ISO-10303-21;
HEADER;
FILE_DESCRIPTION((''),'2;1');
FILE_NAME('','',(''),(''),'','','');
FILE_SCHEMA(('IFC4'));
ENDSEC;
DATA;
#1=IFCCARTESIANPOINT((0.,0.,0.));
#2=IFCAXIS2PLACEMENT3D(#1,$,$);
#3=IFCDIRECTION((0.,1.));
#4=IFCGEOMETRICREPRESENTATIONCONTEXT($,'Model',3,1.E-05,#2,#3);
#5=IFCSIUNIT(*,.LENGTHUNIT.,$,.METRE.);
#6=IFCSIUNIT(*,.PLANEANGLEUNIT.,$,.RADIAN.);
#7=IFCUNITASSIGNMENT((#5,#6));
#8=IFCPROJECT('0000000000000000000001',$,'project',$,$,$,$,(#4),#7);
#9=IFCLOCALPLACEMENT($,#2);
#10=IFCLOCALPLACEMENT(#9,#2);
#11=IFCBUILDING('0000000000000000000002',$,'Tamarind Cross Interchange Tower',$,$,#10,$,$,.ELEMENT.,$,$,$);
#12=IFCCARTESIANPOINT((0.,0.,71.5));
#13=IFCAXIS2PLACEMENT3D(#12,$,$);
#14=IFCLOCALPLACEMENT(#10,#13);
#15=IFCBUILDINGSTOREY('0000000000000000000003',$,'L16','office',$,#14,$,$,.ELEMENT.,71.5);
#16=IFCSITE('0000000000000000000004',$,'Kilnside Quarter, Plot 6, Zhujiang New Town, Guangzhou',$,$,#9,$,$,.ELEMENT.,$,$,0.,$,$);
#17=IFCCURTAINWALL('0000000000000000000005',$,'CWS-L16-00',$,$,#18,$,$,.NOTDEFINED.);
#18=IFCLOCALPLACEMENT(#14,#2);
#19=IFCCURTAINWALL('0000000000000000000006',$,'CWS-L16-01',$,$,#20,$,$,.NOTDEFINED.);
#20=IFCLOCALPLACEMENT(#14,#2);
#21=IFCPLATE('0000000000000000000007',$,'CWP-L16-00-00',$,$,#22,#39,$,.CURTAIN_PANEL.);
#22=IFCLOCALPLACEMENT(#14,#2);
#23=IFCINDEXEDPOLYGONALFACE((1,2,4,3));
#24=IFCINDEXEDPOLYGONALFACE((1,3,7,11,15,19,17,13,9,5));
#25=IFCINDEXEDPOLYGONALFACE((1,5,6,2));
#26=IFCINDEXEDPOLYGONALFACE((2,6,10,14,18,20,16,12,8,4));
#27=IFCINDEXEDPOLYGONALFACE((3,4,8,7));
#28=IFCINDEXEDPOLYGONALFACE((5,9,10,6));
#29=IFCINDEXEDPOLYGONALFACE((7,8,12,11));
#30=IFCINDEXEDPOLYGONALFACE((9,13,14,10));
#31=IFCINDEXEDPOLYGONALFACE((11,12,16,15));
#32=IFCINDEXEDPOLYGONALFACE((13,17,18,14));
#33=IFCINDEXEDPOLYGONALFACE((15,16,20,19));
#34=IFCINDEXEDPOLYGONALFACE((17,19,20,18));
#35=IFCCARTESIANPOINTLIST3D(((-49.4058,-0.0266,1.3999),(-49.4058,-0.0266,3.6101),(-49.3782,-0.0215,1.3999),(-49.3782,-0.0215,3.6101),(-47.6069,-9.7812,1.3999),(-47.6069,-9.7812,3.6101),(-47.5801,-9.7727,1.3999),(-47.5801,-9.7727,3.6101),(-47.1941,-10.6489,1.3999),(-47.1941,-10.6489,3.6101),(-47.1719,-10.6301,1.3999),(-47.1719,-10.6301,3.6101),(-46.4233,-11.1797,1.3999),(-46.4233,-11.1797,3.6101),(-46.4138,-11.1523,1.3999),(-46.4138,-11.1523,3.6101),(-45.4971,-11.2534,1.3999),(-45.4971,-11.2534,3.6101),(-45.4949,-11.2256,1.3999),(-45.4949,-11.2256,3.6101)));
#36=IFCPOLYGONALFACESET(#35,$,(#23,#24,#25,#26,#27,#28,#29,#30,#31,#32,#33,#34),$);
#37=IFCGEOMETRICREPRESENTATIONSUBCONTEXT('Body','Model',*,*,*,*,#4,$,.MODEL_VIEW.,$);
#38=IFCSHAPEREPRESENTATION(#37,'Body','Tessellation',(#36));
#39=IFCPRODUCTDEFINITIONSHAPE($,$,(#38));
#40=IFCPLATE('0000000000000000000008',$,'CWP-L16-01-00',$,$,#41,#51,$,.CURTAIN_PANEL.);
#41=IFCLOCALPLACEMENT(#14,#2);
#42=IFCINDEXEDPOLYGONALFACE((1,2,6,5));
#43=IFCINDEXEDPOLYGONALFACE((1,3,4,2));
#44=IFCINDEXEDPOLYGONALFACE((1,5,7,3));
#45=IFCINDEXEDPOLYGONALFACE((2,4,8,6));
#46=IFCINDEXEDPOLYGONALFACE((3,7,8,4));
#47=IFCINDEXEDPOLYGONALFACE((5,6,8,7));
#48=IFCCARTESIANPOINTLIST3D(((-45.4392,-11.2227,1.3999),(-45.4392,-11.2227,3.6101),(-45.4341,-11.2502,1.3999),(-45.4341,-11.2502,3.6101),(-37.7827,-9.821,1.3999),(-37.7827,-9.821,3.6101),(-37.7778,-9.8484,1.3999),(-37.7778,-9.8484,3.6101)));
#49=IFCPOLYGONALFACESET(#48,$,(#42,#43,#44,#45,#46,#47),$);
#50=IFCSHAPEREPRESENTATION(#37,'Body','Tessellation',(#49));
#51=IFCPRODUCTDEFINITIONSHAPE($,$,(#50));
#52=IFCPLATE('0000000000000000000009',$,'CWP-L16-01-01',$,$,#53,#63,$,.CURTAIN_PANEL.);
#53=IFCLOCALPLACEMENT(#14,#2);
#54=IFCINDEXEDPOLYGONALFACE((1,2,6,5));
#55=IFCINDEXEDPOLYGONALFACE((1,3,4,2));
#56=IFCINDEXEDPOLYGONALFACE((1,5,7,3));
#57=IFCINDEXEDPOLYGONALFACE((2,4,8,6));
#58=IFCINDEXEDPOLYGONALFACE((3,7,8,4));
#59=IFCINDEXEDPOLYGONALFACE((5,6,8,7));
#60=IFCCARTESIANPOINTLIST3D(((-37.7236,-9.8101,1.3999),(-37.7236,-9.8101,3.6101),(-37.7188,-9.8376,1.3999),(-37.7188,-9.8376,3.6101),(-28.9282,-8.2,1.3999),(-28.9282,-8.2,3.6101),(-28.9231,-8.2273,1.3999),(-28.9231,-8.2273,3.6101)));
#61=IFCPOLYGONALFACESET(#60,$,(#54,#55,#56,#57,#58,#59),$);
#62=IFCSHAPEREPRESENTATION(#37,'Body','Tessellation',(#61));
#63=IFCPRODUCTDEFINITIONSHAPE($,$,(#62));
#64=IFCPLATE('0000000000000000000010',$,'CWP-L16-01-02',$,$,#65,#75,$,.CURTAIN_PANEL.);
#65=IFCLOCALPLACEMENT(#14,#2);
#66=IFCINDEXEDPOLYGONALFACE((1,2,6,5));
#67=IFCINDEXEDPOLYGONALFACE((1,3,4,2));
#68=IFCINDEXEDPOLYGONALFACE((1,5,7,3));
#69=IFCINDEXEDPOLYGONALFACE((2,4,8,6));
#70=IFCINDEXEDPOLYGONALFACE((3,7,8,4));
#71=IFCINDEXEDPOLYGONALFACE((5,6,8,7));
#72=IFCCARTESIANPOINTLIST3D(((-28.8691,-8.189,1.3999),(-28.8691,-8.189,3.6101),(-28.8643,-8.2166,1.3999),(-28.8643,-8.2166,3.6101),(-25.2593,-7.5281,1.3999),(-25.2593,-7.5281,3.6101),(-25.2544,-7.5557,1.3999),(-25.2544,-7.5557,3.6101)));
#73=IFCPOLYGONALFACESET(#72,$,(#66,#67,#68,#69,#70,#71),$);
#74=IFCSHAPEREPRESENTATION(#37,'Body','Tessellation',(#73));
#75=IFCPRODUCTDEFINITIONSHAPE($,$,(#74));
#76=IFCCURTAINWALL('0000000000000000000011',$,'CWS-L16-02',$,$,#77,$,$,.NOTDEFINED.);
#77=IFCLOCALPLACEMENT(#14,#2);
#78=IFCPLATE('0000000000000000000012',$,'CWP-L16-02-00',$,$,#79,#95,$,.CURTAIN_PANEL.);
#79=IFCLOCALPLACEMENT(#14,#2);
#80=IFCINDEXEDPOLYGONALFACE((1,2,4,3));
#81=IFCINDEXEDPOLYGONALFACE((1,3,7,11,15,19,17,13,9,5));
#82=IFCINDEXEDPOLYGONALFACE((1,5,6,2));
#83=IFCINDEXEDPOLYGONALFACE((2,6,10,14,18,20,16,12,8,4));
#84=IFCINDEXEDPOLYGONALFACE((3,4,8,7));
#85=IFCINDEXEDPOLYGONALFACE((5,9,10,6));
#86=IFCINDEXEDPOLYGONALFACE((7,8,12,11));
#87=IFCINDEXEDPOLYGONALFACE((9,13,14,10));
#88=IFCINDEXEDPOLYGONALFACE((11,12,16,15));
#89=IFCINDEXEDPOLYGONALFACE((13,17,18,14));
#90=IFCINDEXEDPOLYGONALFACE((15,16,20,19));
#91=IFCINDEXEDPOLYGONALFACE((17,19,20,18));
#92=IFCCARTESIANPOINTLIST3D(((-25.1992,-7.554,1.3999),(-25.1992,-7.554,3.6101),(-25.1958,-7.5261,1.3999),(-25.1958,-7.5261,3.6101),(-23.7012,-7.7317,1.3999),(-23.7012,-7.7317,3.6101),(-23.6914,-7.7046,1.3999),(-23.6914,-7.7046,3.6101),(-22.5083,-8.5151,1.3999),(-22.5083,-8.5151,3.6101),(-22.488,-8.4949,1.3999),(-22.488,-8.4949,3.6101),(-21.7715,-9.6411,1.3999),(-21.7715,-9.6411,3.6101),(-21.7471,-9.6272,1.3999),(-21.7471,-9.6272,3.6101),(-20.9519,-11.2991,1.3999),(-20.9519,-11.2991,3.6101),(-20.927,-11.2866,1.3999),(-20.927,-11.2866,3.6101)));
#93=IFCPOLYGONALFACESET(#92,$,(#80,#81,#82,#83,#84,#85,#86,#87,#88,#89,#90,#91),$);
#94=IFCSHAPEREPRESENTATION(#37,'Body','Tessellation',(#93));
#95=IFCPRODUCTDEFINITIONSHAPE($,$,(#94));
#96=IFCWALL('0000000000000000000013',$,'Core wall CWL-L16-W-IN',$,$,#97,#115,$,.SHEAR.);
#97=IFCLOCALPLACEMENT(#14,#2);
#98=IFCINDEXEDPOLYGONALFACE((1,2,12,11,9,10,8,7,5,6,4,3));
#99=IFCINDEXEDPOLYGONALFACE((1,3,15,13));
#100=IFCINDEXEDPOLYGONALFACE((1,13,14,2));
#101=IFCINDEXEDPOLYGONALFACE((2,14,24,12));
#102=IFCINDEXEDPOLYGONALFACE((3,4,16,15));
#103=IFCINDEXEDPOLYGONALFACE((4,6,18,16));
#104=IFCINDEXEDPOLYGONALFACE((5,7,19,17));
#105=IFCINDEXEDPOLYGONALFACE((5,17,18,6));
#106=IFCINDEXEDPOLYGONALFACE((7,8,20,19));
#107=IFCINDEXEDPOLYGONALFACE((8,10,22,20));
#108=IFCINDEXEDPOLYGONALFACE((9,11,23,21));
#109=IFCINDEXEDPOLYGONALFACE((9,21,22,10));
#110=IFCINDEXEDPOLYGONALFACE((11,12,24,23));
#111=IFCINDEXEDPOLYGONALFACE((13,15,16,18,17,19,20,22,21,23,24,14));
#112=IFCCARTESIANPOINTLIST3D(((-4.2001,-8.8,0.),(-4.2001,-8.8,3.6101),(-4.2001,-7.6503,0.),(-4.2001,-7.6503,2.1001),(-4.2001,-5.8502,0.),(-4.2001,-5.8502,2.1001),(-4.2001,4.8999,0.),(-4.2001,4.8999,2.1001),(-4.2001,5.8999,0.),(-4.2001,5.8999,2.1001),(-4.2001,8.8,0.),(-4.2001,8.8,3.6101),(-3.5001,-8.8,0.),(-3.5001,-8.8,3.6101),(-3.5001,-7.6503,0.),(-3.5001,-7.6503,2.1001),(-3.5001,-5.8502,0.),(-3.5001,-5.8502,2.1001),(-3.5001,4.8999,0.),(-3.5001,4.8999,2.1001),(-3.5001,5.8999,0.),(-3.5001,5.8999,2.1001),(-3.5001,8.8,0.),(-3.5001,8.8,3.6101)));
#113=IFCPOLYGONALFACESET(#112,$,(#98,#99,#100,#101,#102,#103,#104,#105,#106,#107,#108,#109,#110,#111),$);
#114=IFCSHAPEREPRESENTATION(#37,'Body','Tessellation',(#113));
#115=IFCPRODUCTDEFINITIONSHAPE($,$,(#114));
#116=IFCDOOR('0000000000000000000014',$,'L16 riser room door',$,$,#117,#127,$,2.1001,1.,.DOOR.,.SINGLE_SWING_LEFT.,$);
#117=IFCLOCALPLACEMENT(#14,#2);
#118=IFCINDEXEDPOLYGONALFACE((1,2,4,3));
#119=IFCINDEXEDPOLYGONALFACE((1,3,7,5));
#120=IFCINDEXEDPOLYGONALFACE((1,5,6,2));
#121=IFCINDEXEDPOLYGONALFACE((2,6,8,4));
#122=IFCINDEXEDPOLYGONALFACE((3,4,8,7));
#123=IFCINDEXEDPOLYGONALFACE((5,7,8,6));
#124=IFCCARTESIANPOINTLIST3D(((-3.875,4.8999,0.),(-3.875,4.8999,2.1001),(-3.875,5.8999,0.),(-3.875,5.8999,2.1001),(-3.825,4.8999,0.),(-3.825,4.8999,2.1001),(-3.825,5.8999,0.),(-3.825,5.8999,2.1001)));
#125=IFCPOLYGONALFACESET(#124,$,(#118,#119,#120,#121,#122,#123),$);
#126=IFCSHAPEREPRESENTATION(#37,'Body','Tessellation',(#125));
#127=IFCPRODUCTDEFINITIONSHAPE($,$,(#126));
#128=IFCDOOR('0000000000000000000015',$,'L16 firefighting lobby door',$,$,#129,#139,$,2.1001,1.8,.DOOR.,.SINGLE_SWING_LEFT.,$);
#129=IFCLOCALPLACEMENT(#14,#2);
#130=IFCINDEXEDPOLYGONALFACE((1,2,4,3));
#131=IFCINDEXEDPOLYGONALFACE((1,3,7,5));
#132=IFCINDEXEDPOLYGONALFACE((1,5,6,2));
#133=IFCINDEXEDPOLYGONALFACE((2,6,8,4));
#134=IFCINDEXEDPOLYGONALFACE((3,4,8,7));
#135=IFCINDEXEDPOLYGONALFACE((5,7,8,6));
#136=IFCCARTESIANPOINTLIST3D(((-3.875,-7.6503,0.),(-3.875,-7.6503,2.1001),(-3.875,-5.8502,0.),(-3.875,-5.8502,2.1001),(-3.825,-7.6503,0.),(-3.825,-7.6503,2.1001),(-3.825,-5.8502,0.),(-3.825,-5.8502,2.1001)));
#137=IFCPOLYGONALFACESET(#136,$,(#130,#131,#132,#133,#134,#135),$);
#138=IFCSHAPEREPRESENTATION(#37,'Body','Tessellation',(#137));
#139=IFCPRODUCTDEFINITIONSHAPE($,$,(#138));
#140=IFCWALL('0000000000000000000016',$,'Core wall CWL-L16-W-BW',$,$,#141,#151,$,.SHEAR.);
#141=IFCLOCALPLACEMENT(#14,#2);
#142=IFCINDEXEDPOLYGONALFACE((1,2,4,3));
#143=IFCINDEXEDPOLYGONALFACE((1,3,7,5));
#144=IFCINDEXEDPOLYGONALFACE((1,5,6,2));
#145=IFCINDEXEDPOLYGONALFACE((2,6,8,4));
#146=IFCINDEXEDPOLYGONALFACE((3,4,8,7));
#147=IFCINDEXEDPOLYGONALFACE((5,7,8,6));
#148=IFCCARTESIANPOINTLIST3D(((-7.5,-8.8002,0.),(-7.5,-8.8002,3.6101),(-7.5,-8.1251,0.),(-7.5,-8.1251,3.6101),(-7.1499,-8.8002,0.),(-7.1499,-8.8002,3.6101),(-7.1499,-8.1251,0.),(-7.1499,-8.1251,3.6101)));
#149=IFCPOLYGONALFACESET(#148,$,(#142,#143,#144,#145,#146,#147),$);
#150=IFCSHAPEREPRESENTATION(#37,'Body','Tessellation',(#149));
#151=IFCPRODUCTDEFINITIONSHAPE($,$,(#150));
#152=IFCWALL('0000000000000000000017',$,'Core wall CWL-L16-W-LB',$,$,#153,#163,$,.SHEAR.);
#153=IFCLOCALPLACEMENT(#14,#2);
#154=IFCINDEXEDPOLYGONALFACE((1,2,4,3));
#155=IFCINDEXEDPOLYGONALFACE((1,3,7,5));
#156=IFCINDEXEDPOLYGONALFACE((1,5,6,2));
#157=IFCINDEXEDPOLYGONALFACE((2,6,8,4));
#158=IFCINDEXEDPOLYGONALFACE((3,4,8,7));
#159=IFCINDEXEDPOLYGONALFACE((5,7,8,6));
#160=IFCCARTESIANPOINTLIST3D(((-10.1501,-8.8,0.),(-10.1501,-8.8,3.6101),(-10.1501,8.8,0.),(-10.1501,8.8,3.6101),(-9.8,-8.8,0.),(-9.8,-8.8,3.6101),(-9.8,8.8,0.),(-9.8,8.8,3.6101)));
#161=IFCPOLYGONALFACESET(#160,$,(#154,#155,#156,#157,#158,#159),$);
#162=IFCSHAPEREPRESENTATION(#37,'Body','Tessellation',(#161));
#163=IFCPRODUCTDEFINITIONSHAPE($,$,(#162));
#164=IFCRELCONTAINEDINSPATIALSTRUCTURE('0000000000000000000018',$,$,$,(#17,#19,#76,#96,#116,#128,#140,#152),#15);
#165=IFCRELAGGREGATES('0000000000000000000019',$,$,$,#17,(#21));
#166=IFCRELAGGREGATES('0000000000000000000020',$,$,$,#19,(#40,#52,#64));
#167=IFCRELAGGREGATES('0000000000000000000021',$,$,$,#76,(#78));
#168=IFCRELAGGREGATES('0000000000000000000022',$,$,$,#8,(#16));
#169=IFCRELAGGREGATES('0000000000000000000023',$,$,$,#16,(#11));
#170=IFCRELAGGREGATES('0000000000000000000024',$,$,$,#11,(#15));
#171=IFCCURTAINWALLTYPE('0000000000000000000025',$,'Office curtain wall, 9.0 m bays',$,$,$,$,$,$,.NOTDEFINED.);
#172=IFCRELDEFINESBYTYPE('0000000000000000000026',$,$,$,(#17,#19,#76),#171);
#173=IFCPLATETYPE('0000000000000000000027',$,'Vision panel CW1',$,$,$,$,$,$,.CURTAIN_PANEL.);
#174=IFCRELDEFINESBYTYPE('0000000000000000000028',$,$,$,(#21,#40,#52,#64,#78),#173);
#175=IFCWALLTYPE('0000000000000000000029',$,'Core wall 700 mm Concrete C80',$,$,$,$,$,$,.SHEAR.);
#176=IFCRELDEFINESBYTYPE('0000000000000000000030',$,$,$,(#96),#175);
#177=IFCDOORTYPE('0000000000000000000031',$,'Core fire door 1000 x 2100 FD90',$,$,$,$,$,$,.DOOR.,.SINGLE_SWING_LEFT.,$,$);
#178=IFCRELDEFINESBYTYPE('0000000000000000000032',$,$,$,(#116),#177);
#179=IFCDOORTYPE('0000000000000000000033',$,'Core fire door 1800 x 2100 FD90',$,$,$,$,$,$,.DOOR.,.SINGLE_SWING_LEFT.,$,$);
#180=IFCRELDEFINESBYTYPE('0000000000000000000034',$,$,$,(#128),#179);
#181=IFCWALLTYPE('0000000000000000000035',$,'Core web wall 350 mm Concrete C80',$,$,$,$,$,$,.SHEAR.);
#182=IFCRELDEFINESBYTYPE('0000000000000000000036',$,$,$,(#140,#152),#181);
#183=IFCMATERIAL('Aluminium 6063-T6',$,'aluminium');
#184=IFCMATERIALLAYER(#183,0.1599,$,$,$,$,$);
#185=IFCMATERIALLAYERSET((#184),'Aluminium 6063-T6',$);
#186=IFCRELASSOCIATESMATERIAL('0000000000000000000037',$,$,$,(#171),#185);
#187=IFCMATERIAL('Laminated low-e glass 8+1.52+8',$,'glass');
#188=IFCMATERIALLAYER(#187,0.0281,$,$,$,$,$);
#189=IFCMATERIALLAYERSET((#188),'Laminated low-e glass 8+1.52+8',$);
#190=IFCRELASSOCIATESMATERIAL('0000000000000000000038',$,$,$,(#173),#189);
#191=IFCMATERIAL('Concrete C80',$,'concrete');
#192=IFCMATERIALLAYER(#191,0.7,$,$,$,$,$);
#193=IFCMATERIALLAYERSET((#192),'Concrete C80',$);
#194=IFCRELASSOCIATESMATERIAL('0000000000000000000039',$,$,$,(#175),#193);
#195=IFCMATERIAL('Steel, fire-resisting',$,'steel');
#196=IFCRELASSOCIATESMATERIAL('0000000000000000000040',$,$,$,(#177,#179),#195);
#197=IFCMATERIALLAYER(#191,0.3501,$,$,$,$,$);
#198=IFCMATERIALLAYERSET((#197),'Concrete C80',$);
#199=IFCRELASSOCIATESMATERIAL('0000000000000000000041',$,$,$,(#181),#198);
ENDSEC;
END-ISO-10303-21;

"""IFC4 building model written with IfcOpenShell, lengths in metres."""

from ifc_helpers import new_model, si_unit, direction, frame, frame_2d, origin, place, context, subcontext, project, spatial, polyline, rectangle, outline, extrude, material, layer, layer_set, type_object, element, fill, aggregate, save


model = new_model("IFC4")

# Units and contexts
model_context = context("Model", 3, precision=1e-05, world=origin(), true_north=direction((0.0, 1.0)))
body_context = subcontext(model_context, "Body", "Model", "MODEL_VIEW")
ifc_project = project(units=[si_unit("LENGTHUNIT", "METRE"), si_unit("PLANEANGLEUNIT", "RADIAN")], contexts=[model_context])

# Site, building, storey
site_placement = place(None, origin())
site = spatial("IfcSite", under=ifc_project, at=site_placement, Name="Kilnside Quarter, Plot 6, Zhujiang New Town, Guangzhou", CompositionType="ELEMENT", RefElevation=0.0)
building_placement = place(site_placement, origin())
building = spatial("IfcBuilding", under=site, at=building_placement, Name="Tamarind Cross Interchange Tower", CompositionType="ELEMENT")
storey_placement = place(building_placement, frame((0.0, 0.0, 71.5)))
storey = spatial("IfcBuildingStorey", under=building, at=storey_placement, Name="L16", Description="office", CompositionType="ELEMENT", Elevation=71.5)

# Curtain walls
ifc_material_1 = material(Name="Aluminium 6063-T6", Category="aluminium")
ifc_layer_1 = layer(ifc_material_1, 0.1599)
ifc_layer_set_1 = layer_set([ifc_layer_1], Name="Aluminium 6063-T6")
curtain_wall_type = type_object("IfcCurtainWallType", Name="Office curtain wall, 9.0 m bays", PredefinedType="NOTDEFINED", material=ifc_layer_set_1)
curtain_wall_1_placement = place(storey_placement, origin())
curtain_wall_1 = element("IfcCurtainWall", 1, at=curtain_wall_1_placement, inside=storey, type_object=curtain_wall_type, Name="CWS-L16-00", PredefinedType="NOTDEFINED")
curtain_wall_2_placement = place(storey_placement, origin())
curtain_wall_2 = element("IfcCurtainWall", 2, at=curtain_wall_2_placement, inside=storey, type_object=curtain_wall_type, Name="CWS-L16-01", PredefinedType="NOTDEFINED")

# Plates
ifc_material_2 = material(Name="Laminated low-e glass 8+1.52+8", Category="glass")
ifc_layer_2 = layer(ifc_material_2, 0.0281)
ifc_layer_set_2 = layer_set([ifc_layer_2], Name="Laminated low-e glass 8+1.52+8")
plate_type = type_object("IfcPlateType", Name="Vision panel CW1", PredefinedType="CURTAIN_PANEL", material=ifc_layer_set_2)
plate_1_placement = place(storey_placement, frame((0.0, 0.0, 1.3999)))
plate_1 = element("IfcPlate", 3, at=plate_1_placement, type_object=plate_type, Name="CWP-L16-00-00", PredefinedType="CURTAIN_PANEL", context=body_context, shape_type="SweptSolid", body=[
    extrude(outline(polyline([(-49.3782, -0.0215), (-47.5801, -9.7727), (-47.1719, -10.6301), (-46.4138, -11.1523), (-45.4949, -11.2256), (-45.4971, -11.2534), (-46.4233, -11.1797), (-47.1941, -10.6489), (-47.6069, -9.7812), (-49.4058, -0.0266), (-49.3782, -0.0215)])), origin(), (0.0, 0.0, 1.0), 2.2102),
])
aggregate(curtain_wall_1, [plate_1])
plate_2_placement = place(storey_placement, frame((0.0, 0.0, 1.3999)))
plate_2 = element("IfcPlate", 4, at=plate_2_placement, type_object=plate_type, Name="CWP-L16-01-00", PredefinedType="CURTAIN_PANEL", context=body_context, shape_type="SweptSolid", body=[
    extrude(outline(polyline([(-45.4392, -11.2227), (-37.7827, -9.821), (-37.7778, -9.8484), (-45.4341, -11.2502), (-45.4392, -11.2227)])), origin(), (0.0, 0.0, 1.0), 2.2102),
])
plate_3_placement = place(storey_placement, frame((0.0, 0.0, 1.3999)))
plate_3 = element("IfcPlate", 5, at=plate_3_placement, type_object=plate_type, Name="CWP-L16-01-01", PredefinedType="CURTAIN_PANEL", context=body_context, shape_type="SweptSolid", body=[
    extrude(outline(polyline([(-37.7236, -9.8101), (-28.9282, -8.2), (-28.9231, -8.2273), (-37.7188, -9.8376), (-37.7236, -9.8101)])), origin(), (0.0, 0.0, 1.0), 2.2102),
])
plate_4_placement = place(storey_placement, frame((0.0, 0.0, 1.3999)))
plate_4 = element("IfcPlate", 6, at=plate_4_placement, type_object=plate_type, Name="CWP-L16-01-02", PredefinedType="CURTAIN_PANEL", context=body_context, shape_type="SweptSolid", body=[
    extrude(outline(polyline([(-28.8691, -8.189), (-25.2593, -7.5281), (-25.2544, -7.5557), (-28.8643, -8.2166), (-28.8691, -8.189)])), origin(), (0.0, 0.0, 1.0), 2.2102),
])
aggregate(curtain_wall_2, [plate_2, plate_3, plate_4])

# Curtain wall, plate
curtain_wall_3_placement = place(storey_placement, origin())
curtain_wall_3 = element("IfcCurtainWall", 7, at=curtain_wall_3_placement, inside=storey, type_object=curtain_wall_type, Name="CWS-L16-02", PredefinedType="NOTDEFINED")
plate_5_placement = place(storey_placement, frame((0.0, 0.0, 1.3999)))
plate_5 = element("IfcPlate", 8, at=plate_5_placement, type_object=plate_type, Name="CWP-L16-02-00", PredefinedType="CURTAIN_PANEL", context=body_context, shape_type="SweptSolid", body=[
    extrude(outline(polyline([(-25.1958, -7.5261), (-23.6914, -7.7046), (-22.488, -8.4949), (-21.7471, -9.6272), (-20.927, -11.2866), (-20.9519, -11.2991), (-21.7715, -9.6411), (-22.5083, -8.5151), (-23.7012, -7.7317), (-25.1992, -7.554), (-25.1958, -7.5261)])), origin(), (0.0, 0.0, 1.0), 2.2102),
])
aggregate(curtain_wall_3, [plate_5])

# Wall, openings, doors
ifc_material_3 = material(Name="Concrete C80", Category="concrete")
ifc_layer_3 = layer(ifc_material_3, 0.7)
ifc_layer_set_3 = layer_set([ifc_layer_3], Name="Concrete C80")
wall_type_1 = type_object("IfcWallType", Name="Core wall 700 mm Concrete C80", PredefinedType="SHEAR", material=ifc_layer_set_3)
wall_1_placement = place(storey_placement, frame((-3.8501, -8.8, 0.0), z_axis=(0.0, 0.0, 1.0), x_axis=(0.0, 1.0, 0.0)))
wall_1 = element("IfcWall", 9, at=wall_1_placement, inside=storey, type_object=wall_type_1, Name="Core wall CWL-L16-W-IN", PredefinedType="SHEAR", context=body_context, shape_type="SweptSolid", body=[
    extrude(rectangle(XDim=17.6001, YDim=0.7, at=frame_2d((8.8, 0.0))), origin(), (0.0, 0.0, 1.0), 3.6101),
])
opening_1_placement = place(wall_1_placement, frame((1.1499, 0.0, 0.0)))
opening_1 = element("IfcOpeningElement", 10, at=opening_1_placement, cuts=wall_1, PredefinedType="OPENING", context=body_context, shape_type="SweptSolid", body=[
    extrude(rectangle(XDim=1.8, YDim=2.1001, at=frame_2d((0.8999, 1.05))), frame((0.0, 0.3599, 0.0), z_axis=(0.0, -1.0, 0.0), x_axis=(1.0, 0.0, 0.0)), (0.0, 0.0, 1.0), 0.72),
])
opening_2_placement = place(wall_1_placement, frame((13.7, 0.0, 0.0)))
opening_2 = element("IfcOpeningElement", 11, at=opening_2_placement, cuts=wall_1, PredefinedType="OPENING", context=body_context, shape_type="SweptSolid", body=[
    extrude(rectangle(XDim=1.0, YDim=2.1001, at=frame_2d((0.5, 1.05))), frame((0.0, 0.3599, 0.0), z_axis=(0.0, -1.0, 0.0), x_axis=(1.0, 0.0, 0.0)), (0.0, 0.0, 1.0), 0.72),
])
ifc_material_4 = material(Name="Steel, fire-resisting", Category="steel")
door_type_1 = type_object("IfcDoorType", Name="Core fire door 1000 x 2100 FD90", OperationType="SINGLE_SWING_LEFT", PredefinedType="DOOR", material=ifc_material_4)
door_1_placement = place(opening_2_placement, origin())
door_1 = element("IfcDoor", 12, at=door_1_placement, inside=storey, type_object=door_type_1, Name="L16 riser room door", OperationType="SINGLE_SWING_LEFT", OverallHeight=2.1001, OverallWidth=1.0, PredefinedType="DOOR", context=body_context, shape_type="SweptSolid", body=[
    extrude(rectangle(XDim=1.0, YDim=2.1001, at=frame_2d((0.5, 1.05))), frame((0.0, 0.0249, 0.0), z_axis=(0.0, -1.0, 0.0), x_axis=(1.0, 0.0, 0.0)), (0.0, 0.0, 1.0), 0.05),
])
fill(opening_2, door_1)
door_type_2 = type_object("IfcDoorType", Name="Core fire door 1800 x 2100 FD90", OperationType="SINGLE_SWING_LEFT", PredefinedType="DOOR", material=ifc_material_4)
door_2_placement = place(opening_1_placement, origin())
door_2 = element("IfcDoor", 13, at=door_2_placement, inside=storey, type_object=door_type_2, Name="L16 firefighting lobby door", OperationType="SINGLE_SWING_LEFT", OverallHeight=2.1001, OverallWidth=1.8, PredefinedType="DOOR", context=body_context, shape_type="SweptSolid", body=[
    extrude(rectangle(XDim=1.8, YDim=2.1001, at=frame_2d((0.8999, 1.05))), frame((0.0, 0.0249, 0.0), z_axis=(0.0, -1.0, 0.0), x_axis=(1.0, 0.0, 0.0)), (0.0, 0.0, 1.0), 0.05),
])
fill(opening_1, door_2)

# Walls
ifc_layer_4 = layer(ifc_material_3, 0.3501)
ifc_layer_set_4 = layer_set([ifc_layer_4], Name="Concrete C80")
wall_type_2 = type_object("IfcWallType", Name="Core web wall 350 mm Concrete C80", PredefinedType="SHEAR", material=ifc_layer_set_4)
wall_2_placement = place(storey_placement, frame((-7.325, -8.8, 0.0), z_axis=(0.0, 0.0, 1.0), x_axis=(0.0, 1.0, 0.0)))
element("IfcWall", 14, at=wall_2_placement, inside=storey, type_object=wall_type_2, Name="Core wall CWL-L16-W-BW", PredefinedType="SHEAR", context=body_context, shape_type="SweptSolid", body=[
    extrude(rectangle(XDim=0.675, YDim=0.3501, at=frame_2d((0.3374, 0.0))), origin(), (0.0, 0.0, 1.0), 3.6101),
])
wall_3_placement = place(storey_placement, frame((-9.9751, -8.8, 0.0), z_axis=(0.0, 0.0, 1.0), x_axis=(0.0, 1.0, 0.0)))
element("IfcWall", 15, at=wall_3_placement, inside=storey, type_object=wall_type_2, Name="Core wall CWL-L16-W-LB", PredefinedType="SHEAR", context=body_context, shape_type="SweptSolid", body=[
    extrude(rectangle(XDim=17.6001, YDim=0.3501, at=frame_2d((8.8, 0.0))), origin(), (0.0, 0.0, 1.0), 3.6101),
])

save(model, "model.ifc")
